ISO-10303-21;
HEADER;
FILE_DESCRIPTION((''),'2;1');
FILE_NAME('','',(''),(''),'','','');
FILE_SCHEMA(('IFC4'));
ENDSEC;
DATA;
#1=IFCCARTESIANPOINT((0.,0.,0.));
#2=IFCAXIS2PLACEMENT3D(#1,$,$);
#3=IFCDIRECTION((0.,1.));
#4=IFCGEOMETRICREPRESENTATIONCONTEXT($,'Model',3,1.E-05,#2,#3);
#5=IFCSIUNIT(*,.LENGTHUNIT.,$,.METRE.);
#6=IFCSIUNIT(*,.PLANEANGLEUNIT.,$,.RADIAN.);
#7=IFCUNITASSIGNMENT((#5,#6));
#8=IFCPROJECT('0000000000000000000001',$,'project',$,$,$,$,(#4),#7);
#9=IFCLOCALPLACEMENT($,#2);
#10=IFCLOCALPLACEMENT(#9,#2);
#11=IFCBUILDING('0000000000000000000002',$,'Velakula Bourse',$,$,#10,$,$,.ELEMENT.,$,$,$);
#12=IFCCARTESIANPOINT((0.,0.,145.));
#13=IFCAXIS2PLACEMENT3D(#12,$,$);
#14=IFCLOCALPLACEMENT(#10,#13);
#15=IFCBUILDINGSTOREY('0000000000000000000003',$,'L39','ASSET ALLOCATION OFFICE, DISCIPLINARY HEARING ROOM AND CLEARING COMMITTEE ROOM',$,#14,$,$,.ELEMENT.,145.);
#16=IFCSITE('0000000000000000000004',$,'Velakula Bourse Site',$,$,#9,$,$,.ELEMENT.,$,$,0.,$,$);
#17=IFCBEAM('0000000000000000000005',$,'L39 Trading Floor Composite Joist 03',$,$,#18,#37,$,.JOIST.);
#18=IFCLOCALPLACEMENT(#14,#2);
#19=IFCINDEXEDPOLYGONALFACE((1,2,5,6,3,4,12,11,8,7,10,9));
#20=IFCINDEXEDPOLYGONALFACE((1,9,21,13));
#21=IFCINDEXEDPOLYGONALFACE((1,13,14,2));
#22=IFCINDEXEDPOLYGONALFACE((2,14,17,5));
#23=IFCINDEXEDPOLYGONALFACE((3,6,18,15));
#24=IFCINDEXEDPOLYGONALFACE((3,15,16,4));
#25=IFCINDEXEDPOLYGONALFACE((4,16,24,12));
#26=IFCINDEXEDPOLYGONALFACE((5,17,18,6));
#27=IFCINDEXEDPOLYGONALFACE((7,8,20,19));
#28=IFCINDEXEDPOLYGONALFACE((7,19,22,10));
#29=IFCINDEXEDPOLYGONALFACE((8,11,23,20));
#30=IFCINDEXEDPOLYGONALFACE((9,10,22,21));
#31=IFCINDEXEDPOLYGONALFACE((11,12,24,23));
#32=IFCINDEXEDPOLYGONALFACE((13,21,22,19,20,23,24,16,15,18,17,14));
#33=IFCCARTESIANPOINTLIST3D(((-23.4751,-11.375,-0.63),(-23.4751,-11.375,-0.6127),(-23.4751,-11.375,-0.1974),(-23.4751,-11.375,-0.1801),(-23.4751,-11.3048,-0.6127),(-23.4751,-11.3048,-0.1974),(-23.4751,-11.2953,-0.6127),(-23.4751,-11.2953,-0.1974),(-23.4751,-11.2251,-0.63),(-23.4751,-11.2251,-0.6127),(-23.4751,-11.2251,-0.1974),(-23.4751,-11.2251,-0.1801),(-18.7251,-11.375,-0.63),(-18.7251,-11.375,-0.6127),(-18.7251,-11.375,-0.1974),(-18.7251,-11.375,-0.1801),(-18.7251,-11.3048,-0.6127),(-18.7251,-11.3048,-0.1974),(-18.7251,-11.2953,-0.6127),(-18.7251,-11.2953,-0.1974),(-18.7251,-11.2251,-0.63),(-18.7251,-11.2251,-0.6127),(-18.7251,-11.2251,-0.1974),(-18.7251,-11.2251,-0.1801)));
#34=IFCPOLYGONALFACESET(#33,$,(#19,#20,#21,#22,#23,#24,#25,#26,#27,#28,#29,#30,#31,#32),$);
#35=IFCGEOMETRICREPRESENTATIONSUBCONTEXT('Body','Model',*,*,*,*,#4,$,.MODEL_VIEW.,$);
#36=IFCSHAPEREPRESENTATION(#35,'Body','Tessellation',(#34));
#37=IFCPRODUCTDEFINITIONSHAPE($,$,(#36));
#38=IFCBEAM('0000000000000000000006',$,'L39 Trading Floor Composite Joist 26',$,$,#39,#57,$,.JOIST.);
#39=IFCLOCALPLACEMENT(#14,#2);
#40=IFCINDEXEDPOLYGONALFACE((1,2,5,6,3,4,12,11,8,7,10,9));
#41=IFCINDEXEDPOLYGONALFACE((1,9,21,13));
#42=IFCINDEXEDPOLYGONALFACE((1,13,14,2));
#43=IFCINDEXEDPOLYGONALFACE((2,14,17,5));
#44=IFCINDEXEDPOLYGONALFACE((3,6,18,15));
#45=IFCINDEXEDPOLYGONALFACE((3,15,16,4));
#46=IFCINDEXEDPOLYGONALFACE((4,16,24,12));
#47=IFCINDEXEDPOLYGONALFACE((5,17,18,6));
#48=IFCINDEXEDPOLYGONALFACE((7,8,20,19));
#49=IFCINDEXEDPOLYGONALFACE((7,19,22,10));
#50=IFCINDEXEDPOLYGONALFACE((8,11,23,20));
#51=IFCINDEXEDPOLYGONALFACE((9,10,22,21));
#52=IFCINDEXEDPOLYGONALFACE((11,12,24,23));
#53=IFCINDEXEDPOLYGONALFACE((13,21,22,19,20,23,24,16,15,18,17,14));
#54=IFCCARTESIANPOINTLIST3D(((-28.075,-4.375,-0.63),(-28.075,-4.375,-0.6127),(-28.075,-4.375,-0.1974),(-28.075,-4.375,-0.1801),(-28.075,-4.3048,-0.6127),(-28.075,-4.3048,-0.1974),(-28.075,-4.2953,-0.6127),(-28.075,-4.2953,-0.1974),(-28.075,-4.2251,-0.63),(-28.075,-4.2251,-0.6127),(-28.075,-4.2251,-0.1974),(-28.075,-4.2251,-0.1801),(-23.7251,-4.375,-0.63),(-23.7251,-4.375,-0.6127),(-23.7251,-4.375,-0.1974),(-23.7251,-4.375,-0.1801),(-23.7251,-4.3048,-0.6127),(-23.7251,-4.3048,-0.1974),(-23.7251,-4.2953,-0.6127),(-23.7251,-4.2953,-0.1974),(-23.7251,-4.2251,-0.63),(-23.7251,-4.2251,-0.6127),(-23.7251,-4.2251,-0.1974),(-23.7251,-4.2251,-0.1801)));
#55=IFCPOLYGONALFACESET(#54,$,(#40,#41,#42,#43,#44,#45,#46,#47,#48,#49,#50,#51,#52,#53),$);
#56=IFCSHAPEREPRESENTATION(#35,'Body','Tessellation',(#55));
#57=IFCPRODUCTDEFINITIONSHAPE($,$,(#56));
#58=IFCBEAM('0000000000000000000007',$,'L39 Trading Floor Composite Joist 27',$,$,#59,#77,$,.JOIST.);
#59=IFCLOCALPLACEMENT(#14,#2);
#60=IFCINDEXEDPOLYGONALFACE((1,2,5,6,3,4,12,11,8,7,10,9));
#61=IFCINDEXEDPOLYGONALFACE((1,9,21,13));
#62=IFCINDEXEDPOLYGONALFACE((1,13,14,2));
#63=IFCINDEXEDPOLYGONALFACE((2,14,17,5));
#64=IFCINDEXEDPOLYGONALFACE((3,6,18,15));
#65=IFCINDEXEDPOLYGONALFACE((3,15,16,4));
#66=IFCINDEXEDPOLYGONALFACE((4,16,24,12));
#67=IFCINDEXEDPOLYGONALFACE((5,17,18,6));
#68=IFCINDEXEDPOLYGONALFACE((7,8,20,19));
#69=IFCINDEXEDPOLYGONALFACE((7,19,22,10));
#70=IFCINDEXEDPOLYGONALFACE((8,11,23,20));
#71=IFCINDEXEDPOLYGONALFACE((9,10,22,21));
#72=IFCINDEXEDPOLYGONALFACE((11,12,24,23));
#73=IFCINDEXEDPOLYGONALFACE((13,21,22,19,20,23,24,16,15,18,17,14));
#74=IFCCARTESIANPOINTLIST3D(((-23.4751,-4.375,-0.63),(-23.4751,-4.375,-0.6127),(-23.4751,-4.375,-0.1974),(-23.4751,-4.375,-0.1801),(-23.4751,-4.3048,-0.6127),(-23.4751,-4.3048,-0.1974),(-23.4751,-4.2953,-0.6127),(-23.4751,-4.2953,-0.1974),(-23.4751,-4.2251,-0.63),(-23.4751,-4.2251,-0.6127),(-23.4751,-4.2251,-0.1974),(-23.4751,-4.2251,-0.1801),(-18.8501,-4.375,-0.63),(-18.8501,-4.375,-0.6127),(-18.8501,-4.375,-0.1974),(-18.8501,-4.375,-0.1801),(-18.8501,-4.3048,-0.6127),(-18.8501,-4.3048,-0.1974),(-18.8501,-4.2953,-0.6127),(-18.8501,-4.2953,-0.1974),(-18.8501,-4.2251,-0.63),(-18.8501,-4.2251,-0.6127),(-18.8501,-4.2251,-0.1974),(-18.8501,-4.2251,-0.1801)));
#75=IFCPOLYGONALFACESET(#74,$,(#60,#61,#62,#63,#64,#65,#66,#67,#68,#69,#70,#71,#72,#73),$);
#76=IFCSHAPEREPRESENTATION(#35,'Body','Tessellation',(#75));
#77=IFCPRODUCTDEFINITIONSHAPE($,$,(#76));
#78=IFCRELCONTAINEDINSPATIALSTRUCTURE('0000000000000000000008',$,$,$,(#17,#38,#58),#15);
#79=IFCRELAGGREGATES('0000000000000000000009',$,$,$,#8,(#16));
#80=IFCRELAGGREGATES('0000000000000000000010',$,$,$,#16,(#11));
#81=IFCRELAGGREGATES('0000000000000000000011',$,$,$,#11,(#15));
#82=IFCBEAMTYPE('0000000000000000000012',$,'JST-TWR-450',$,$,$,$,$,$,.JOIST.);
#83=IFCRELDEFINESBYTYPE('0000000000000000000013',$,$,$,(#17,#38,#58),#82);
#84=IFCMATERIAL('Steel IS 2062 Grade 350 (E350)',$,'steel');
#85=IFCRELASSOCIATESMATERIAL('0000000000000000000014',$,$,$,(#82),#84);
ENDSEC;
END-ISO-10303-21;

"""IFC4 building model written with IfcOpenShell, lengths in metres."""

from ifc_helpers import new_model, si_unit, direction, frame, origin, origin_2d, place, context, subcontext, project, spatial, i_section, extrude, material, material_profile, profile_set, type_object, element, save


model = new_model("IFC4")

# Units and contexts
model_context = context("Model", 3, precision=1e-05, world=origin(), true_north=direction((0.0, 1.0)))
body_context = subcontext(model_context, "Body", "Model", "MODEL_VIEW")
ifc_project = project(units=[si_unit("LENGTHUNIT", "METRE"), si_unit("PLANEANGLEUNIT", "RADIAN")], contexts=[model_context])

# Site, building, storey
site_placement = place(None, origin())
site = spatial("IfcSite", under=ifc_project, at=site_placement, Name="Velakula Bourse Site", CompositionType="ELEMENT", RefElevation=0.0)
building_placement = place(site_placement, origin())
building = spatial("IfcBuilding", under=site, at=building_placement, Name="Velakula Bourse", CompositionType="ELEMENT")
storey_placement = place(building_placement, frame((0.0, 0.0, 145.0)))
storey = spatial("IfcBuildingStorey", under=building, at=storey_placement, Name="L39", Description="ASSET ALLOCATION OFFICE, DISCIPLINARY HEARING ROOM AND CLEARING COMMITTEE ROOM", CompositionType="ELEMENT", Elevation=145.0)

# Shared definitions
ifc_material = material(Name="Steel IS 2062 Grade 350 (E350)", Category="steel")

# Beams
ifc_material_profile_1 = material_profile(ifc_material, i_section(OverallWidth=0.1499, OverallDepth=0.45, WebThickness=0.0095, FlangeThickness=0.0173, at=origin_2d()), Name="Steel IS 2062 Grade 350 (E350)")
ifc_profile_set_1 = profile_set([ifc_material_profile_1], Name="Steel IS 2062 Grade 350 (E350)")
beam_type_1 = type_object("IfcBeamType", Name="JST-TWR-450", PredefinedType="JOIST", material=ifc_profile_set_1)
beam_1_placement = place(storey_placement, frame((-23.4751, -11.3, -0.405), z_axis=(1.0, 0.0, 0.0), x_axis=(0.0, 1.0, 0.0)))
element("IfcBeam", 1, at=beam_1_placement, inside=storey, type_object=beam_type_1, Name="L39 Trading Floor Composite Joist 03", PredefinedType="JOIST", context=body_context, shape_type="SweptSolid", body=[
    extrude(i_section(OverallWidth=0.1499, OverallDepth=0.45, WebThickness=0.0095, FlangeThickness=0.0173, at=origin_2d()), origin(), (0.0, 0.0, 1.0), 4.75),
])
beam_2_placement = place(storey_placement, frame((-28.075, -4.3, -0.405), z_axis=(1.0, 0.0, 0.0), x_axis=(0.0, 1.0, 0.0)))
element("IfcBeam", 2, at=beam_2_placement, inside=storey, type_object=beam_type_1, Name="L39 Trading Floor Composite Joist 26", PredefinedType="JOIST", context=body_context, shape_type="SweptSolid", body=[
    extrude(i_section(OverallWidth=0.1499, OverallDepth=0.45, WebThickness=0.0095, FlangeThickness=0.0173, at=origin_2d()), origin(), (0.0, 0.0, 1.0), 4.3499),
])
beam_3_placement = place(storey_placement, frame((-23.4751, -4.3, -0.405), z_axis=(1.0, 0.0, 0.0), x_axis=(0.0, 1.0, 0.0)))
element("IfcBeam", 3, at=beam_3_placement, inside=storey, type_object=beam_type_1, Name="L39 Trading Floor Composite Joist 27", PredefinedType="JOIST", context=body_context, shape_type="SweptSolid", body=[
    extrude(i_section(OverallWidth=0.1499, OverallDepth=0.45, WebThickness=0.0095, FlangeThickness=0.0173, at=origin_2d()), origin(), (0.0, 0.0, 1.0), 4.625),
])

save(model, "model.ifc")
